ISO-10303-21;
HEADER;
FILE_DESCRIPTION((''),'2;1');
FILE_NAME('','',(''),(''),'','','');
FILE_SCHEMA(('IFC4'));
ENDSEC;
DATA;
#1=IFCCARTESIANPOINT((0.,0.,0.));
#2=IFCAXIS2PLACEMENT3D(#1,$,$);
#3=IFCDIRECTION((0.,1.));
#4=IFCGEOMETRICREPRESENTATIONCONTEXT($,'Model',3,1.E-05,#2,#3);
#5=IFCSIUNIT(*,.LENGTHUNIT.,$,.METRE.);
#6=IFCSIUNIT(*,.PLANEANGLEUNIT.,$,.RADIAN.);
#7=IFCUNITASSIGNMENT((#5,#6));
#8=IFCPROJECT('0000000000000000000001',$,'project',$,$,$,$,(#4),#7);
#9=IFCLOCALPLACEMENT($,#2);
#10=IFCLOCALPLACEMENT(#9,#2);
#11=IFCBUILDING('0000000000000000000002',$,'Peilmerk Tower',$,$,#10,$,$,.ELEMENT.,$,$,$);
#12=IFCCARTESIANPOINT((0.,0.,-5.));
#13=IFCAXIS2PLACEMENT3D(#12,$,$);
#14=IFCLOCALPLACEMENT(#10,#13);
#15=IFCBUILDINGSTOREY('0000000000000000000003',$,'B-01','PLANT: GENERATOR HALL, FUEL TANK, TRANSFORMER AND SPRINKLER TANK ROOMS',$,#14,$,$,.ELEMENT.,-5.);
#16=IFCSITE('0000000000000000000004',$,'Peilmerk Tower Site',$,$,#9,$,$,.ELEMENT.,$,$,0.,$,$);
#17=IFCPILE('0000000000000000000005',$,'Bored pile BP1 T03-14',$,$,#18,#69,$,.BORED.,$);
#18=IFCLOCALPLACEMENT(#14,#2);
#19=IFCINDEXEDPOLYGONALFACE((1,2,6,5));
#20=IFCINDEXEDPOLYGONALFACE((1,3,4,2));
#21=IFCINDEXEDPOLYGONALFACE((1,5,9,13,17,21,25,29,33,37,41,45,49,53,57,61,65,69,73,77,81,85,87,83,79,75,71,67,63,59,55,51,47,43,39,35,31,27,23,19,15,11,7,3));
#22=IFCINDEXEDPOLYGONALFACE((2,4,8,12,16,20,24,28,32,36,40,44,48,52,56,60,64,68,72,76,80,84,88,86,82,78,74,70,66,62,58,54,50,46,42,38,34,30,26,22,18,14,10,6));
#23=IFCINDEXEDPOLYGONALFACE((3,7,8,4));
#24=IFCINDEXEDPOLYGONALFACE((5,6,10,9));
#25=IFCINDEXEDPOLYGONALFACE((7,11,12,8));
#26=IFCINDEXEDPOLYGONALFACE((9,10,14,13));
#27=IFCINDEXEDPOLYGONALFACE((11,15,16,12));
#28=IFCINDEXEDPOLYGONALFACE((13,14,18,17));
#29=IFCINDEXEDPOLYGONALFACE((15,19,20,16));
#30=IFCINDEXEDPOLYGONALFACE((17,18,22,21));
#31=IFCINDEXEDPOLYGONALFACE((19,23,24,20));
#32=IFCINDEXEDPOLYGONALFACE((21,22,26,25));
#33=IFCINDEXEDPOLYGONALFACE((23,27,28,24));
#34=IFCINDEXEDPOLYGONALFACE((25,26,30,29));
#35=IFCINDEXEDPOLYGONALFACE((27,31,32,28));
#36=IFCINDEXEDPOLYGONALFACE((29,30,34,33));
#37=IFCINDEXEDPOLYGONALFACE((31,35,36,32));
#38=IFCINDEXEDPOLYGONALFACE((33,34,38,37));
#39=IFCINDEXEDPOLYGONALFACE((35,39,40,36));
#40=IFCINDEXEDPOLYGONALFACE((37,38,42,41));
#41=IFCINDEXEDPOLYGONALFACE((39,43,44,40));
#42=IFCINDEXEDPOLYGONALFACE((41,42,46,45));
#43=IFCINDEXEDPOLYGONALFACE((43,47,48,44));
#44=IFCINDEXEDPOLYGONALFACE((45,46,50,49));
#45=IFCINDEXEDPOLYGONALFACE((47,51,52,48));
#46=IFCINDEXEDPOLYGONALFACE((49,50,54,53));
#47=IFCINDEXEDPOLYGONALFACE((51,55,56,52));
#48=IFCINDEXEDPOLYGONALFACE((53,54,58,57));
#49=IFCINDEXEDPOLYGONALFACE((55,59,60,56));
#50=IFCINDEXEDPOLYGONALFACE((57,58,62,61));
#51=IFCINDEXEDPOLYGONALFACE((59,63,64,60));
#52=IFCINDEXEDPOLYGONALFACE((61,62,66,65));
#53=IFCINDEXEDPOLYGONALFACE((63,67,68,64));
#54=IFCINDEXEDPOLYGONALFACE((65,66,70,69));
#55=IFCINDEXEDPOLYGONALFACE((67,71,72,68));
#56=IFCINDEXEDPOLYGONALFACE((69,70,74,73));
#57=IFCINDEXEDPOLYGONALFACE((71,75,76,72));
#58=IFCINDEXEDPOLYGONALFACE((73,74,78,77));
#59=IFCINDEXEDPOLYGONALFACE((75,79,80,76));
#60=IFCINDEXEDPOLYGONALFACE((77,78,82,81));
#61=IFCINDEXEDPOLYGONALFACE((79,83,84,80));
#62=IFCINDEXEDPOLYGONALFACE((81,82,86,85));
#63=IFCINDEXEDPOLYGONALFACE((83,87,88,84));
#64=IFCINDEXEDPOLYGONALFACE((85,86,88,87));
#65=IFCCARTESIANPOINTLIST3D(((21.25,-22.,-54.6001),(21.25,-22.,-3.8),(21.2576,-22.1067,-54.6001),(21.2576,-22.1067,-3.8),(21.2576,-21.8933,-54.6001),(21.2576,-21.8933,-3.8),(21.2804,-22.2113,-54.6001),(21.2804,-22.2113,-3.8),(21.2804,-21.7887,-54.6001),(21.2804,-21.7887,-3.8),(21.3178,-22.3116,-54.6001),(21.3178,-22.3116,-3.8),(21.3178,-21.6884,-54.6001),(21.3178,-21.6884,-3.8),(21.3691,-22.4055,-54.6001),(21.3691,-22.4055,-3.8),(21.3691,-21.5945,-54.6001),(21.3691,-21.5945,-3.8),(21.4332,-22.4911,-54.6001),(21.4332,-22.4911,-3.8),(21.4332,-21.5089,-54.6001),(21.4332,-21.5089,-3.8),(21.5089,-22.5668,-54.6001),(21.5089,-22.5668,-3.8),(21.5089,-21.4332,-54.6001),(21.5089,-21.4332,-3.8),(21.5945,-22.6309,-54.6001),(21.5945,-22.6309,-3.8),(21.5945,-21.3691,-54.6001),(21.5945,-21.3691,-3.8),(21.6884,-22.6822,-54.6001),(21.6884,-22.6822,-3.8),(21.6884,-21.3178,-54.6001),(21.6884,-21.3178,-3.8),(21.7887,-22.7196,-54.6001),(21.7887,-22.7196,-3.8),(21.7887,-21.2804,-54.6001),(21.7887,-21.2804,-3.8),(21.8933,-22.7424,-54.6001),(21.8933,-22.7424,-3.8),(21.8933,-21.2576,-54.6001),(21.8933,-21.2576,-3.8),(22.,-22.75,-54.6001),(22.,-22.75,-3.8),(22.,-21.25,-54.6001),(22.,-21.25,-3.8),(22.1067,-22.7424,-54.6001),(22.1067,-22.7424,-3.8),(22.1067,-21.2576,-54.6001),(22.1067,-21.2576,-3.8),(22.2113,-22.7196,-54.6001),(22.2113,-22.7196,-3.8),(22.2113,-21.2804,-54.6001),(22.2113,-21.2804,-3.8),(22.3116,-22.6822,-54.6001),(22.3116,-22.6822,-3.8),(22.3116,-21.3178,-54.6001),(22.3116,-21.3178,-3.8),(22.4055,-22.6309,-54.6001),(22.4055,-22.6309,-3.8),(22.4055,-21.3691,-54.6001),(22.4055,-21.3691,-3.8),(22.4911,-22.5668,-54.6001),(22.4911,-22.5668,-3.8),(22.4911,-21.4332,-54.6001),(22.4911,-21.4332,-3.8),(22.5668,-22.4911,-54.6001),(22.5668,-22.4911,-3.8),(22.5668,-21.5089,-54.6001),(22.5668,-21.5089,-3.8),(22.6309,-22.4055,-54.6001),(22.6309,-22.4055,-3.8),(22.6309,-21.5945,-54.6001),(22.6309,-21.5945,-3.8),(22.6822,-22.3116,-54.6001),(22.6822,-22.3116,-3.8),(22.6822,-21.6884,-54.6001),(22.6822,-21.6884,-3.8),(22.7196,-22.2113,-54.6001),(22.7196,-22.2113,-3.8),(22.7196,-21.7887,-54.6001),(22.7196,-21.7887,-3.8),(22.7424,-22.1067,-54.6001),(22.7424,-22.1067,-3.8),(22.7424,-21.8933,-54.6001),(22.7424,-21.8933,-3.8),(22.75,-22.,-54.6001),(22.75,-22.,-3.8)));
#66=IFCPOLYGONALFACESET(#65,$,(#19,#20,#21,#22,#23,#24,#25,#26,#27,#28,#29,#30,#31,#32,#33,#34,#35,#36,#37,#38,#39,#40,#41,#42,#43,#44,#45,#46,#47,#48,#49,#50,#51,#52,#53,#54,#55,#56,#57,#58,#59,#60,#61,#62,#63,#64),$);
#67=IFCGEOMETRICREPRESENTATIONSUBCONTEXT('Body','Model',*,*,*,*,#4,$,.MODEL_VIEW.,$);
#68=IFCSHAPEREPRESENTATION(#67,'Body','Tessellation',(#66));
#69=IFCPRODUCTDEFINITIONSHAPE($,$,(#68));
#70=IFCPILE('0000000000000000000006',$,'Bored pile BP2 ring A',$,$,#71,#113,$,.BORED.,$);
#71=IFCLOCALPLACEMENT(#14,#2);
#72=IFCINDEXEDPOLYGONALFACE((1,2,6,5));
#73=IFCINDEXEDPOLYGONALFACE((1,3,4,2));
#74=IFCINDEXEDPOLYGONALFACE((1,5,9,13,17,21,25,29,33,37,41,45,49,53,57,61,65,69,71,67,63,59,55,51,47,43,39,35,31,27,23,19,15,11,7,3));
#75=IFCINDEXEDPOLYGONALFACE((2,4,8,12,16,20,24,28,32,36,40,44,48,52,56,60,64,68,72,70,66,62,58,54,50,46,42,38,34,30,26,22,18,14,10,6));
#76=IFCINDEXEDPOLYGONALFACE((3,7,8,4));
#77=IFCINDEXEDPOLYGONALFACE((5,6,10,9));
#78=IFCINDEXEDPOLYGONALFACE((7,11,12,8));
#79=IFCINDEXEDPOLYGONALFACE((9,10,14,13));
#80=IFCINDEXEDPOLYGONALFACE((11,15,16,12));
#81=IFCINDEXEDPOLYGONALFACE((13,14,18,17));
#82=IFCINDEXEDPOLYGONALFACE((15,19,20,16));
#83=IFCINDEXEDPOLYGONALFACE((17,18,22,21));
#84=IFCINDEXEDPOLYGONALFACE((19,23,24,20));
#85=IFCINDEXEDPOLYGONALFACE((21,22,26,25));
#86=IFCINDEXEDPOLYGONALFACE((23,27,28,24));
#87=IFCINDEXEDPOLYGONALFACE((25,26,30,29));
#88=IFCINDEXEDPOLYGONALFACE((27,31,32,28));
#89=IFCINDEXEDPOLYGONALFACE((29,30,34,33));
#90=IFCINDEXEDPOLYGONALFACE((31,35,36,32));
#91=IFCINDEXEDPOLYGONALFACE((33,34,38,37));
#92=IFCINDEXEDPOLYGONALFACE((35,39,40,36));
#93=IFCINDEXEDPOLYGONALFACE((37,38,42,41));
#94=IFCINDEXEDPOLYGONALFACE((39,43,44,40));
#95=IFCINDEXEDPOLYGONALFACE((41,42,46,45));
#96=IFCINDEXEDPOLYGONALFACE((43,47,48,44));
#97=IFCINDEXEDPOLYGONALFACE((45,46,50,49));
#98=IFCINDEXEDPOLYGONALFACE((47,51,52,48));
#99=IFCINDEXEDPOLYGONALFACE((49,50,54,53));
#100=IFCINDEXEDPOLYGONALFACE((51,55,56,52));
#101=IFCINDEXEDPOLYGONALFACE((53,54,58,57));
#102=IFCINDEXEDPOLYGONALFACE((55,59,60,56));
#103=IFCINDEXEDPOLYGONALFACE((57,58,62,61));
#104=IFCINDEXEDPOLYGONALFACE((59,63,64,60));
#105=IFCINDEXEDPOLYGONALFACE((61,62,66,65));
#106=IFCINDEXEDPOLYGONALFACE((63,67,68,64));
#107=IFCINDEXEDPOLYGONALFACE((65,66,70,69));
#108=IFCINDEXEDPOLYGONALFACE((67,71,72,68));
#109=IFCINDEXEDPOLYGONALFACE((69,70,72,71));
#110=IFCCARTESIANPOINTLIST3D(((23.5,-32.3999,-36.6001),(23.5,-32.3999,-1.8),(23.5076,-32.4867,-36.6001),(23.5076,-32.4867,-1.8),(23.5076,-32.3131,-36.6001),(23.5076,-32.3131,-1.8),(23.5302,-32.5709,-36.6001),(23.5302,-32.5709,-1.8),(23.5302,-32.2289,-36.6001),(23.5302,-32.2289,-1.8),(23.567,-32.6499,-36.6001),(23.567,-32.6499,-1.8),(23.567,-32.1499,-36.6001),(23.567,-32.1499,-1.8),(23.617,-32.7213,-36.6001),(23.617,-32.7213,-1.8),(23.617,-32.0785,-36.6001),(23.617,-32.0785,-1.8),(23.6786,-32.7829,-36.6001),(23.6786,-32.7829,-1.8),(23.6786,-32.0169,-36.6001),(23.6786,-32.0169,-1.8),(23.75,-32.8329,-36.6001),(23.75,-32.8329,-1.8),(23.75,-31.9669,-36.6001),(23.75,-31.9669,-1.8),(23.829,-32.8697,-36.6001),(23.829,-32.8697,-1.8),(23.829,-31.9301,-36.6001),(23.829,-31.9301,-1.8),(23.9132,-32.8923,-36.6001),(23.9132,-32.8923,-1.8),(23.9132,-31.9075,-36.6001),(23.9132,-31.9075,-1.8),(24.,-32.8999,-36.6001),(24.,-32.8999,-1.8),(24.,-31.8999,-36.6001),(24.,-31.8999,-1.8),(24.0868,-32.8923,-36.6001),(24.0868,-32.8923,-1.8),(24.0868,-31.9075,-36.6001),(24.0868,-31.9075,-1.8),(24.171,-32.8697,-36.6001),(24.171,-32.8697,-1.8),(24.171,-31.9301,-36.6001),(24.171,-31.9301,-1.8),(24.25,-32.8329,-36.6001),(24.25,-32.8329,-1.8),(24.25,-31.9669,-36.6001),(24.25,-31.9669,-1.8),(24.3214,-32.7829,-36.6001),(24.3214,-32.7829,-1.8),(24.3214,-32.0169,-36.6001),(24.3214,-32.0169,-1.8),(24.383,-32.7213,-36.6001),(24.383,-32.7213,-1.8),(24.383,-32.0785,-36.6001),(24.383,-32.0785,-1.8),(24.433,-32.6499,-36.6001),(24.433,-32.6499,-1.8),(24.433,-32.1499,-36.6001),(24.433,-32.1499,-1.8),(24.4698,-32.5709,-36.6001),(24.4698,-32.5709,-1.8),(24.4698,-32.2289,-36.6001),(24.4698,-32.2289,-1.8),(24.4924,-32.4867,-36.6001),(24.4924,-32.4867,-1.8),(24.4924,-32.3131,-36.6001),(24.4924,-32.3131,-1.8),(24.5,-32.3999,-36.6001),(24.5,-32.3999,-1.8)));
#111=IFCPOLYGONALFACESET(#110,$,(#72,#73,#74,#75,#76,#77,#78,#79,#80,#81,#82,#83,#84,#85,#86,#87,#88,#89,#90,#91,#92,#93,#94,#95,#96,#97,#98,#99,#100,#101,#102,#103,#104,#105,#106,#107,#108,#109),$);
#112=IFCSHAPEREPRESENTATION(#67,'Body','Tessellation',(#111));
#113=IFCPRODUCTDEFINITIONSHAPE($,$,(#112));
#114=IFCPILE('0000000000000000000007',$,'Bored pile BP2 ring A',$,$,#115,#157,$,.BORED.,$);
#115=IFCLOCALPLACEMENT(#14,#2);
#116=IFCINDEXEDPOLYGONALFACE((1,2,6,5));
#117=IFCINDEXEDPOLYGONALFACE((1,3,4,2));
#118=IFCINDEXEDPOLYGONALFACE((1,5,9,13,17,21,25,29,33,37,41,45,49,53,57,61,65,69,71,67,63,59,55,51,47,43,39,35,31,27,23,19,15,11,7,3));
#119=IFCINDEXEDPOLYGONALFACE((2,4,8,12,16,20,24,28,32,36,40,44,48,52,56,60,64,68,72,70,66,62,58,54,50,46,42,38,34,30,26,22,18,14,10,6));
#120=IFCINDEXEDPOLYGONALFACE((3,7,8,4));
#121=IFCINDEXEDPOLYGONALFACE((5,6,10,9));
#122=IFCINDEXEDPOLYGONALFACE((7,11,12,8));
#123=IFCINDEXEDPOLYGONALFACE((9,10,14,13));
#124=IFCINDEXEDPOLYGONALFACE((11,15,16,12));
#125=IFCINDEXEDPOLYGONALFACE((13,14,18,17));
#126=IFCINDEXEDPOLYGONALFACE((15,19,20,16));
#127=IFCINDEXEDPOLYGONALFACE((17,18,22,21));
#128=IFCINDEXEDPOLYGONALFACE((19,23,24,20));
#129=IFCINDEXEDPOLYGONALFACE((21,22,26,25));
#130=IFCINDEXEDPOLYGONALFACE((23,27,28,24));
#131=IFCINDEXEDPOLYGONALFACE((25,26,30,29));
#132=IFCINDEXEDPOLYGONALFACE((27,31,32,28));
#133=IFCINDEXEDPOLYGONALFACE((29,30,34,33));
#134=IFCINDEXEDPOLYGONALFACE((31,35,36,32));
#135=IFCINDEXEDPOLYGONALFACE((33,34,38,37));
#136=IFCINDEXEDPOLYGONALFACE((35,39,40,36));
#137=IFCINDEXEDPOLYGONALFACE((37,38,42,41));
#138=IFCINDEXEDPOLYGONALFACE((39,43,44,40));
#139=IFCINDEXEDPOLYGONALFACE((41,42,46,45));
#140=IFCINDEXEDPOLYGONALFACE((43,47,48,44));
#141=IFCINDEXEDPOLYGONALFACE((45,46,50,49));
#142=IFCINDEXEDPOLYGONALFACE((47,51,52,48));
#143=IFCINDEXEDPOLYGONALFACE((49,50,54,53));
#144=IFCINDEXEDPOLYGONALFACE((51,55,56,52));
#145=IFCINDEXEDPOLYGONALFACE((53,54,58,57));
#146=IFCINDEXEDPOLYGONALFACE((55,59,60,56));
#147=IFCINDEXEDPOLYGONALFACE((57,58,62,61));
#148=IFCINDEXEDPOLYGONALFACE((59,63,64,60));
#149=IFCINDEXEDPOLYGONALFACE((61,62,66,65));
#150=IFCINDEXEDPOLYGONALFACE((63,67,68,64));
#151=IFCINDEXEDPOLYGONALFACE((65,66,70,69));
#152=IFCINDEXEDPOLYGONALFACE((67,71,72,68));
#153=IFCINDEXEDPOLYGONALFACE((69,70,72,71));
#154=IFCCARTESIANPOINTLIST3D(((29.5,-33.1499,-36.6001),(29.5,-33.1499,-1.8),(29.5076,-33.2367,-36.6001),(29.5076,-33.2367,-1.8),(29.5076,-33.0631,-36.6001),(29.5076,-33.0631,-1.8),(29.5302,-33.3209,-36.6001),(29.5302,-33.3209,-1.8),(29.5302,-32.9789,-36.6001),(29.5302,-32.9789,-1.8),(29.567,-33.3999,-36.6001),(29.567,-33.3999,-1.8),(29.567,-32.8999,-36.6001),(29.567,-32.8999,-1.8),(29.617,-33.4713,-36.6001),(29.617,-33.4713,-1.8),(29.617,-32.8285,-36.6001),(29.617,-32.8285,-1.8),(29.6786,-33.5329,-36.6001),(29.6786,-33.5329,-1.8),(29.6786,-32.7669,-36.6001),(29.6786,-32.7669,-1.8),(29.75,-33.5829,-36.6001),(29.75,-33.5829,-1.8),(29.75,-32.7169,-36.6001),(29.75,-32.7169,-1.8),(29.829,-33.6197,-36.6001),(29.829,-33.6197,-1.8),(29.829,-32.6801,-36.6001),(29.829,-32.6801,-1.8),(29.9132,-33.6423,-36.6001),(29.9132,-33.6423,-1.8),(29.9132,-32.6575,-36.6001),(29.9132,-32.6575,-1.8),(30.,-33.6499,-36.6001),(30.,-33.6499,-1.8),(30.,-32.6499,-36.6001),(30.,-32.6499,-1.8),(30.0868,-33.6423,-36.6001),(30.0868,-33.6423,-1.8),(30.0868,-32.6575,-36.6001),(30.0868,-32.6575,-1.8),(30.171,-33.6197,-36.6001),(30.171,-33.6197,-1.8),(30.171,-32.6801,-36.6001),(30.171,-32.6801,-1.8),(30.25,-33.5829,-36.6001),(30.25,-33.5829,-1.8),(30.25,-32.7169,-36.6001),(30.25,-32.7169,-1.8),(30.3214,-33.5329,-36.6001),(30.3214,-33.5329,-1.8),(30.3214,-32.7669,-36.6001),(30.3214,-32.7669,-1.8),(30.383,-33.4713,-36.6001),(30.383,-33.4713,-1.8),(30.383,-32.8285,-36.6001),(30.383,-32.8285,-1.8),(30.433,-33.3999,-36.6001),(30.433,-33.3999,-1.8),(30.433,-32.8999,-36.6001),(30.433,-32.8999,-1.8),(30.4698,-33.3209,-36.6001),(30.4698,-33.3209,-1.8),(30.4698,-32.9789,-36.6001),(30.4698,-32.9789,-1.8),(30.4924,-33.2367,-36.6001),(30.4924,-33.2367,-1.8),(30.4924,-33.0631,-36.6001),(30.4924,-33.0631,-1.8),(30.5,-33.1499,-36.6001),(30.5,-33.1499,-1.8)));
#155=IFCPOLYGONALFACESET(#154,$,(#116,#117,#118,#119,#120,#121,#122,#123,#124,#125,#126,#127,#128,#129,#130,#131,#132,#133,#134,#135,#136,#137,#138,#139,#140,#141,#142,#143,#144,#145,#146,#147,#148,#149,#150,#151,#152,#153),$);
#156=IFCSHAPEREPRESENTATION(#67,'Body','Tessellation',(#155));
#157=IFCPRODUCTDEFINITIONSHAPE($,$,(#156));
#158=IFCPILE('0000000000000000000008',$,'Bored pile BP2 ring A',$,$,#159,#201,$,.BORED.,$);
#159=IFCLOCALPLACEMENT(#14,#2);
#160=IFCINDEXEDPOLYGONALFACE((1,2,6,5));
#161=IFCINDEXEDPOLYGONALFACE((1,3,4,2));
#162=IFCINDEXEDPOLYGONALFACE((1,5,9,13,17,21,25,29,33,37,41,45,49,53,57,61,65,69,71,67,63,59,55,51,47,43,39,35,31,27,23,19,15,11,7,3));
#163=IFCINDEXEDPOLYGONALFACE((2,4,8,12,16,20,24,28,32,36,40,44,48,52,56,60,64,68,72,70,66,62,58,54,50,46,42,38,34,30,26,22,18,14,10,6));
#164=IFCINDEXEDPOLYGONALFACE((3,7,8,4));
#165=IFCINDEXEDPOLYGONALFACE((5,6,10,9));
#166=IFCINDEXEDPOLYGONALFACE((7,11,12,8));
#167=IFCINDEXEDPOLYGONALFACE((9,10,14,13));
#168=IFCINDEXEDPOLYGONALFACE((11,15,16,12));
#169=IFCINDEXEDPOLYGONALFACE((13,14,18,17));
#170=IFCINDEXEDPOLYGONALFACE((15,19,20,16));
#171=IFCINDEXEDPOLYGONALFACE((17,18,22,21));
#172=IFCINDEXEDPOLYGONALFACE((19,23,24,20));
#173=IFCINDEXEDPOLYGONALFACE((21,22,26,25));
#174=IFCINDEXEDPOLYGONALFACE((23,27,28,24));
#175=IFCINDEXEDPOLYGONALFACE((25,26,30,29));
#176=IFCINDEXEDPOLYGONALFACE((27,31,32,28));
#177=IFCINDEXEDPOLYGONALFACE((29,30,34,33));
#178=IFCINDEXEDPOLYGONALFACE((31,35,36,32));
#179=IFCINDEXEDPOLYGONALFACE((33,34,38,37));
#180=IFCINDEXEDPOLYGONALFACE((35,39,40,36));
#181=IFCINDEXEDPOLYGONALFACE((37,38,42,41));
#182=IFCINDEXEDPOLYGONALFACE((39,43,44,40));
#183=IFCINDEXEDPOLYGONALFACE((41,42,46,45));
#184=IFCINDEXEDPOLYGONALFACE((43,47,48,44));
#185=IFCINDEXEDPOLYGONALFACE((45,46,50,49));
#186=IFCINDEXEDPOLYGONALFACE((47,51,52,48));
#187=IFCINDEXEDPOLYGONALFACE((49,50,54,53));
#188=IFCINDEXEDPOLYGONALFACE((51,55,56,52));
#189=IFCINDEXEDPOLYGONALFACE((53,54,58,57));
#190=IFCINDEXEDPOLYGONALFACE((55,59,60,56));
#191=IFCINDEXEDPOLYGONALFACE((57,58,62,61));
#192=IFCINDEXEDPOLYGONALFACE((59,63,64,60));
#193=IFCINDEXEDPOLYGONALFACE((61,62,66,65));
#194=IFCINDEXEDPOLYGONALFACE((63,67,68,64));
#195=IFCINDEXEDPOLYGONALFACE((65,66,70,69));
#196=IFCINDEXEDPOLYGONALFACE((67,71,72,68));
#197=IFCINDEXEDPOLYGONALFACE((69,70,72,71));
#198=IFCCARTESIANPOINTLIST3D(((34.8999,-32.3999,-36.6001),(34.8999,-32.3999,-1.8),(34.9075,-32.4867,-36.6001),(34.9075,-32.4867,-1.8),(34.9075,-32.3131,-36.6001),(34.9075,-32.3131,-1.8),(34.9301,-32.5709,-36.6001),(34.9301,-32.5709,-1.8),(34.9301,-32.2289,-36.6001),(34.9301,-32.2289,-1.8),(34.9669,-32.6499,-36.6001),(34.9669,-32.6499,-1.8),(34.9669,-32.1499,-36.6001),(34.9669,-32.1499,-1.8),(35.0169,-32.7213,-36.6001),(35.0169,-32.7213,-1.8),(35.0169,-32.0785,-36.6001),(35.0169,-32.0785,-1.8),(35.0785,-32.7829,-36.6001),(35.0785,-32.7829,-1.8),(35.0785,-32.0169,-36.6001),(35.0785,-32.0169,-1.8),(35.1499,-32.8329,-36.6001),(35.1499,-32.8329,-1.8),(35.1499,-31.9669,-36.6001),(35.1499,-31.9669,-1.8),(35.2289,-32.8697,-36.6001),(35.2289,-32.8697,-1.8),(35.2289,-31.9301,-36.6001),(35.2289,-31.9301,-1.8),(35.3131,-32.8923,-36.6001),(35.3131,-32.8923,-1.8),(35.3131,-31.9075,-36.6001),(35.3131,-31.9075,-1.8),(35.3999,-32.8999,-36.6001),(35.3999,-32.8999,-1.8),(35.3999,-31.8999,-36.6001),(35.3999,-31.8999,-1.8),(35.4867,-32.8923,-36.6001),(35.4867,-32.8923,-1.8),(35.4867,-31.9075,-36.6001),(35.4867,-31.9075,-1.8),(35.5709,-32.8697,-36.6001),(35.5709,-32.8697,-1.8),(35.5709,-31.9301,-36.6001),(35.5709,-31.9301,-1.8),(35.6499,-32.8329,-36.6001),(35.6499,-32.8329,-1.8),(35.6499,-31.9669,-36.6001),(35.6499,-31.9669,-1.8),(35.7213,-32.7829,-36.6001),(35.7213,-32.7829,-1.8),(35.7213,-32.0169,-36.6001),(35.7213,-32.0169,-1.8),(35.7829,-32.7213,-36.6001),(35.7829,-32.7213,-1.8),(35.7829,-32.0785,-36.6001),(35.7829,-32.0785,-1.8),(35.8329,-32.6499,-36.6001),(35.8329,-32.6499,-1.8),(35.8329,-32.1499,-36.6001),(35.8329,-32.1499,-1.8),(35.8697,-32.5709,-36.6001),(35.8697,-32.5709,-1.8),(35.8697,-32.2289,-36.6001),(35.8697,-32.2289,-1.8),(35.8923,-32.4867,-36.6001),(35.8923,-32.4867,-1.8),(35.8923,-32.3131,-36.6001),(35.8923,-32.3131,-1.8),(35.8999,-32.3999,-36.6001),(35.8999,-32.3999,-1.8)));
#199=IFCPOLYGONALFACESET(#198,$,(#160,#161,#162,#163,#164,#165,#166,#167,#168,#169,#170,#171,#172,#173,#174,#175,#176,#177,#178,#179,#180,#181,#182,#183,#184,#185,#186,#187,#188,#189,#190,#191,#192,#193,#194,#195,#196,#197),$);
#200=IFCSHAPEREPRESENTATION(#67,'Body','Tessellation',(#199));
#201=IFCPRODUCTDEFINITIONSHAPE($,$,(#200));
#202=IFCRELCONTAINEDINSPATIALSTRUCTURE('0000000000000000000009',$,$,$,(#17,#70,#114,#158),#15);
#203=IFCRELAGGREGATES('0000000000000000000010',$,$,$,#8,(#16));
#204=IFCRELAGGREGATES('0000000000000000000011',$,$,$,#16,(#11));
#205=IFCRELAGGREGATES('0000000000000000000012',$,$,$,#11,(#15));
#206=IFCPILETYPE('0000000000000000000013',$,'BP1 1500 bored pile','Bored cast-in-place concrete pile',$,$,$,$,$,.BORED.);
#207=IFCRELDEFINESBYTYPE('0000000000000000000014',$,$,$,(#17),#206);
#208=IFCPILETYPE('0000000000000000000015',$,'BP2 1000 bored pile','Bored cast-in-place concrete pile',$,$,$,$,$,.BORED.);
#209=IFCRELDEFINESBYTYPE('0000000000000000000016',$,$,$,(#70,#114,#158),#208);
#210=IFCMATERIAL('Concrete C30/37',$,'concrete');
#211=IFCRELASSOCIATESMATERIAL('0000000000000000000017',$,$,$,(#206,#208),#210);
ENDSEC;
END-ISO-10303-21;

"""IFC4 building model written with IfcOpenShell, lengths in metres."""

from ifc_helpers import new_model, si_unit, direction, frame, origin, origin_2d, place, context, subcontext, project, spatial, circle, extrude, material, material_profile, profile_set, type_object, element, save


model = new_model("IFC4")

# Units and contexts
model_context = context("Model", 3, precision=1e-05, world=origin(), true_north=direction((0.0, 1.0)))
body_context = subcontext(model_context, "Body", "Model", "MODEL_VIEW")
ifc_project = project(units=[si_unit("LENGTHUNIT", "METRE"), si_unit("PLANEANGLEUNIT", "RADIAN")], contexts=[model_context])

# Site, building, storey
site_placement = place(None, origin())
site = spatial("IfcSite", under=ifc_project, at=site_placement, Name="Peilmerk Tower Site", CompositionType="ELEMENT", RefElevation=0.0)
building_placement = place(site_placement, origin())
building = spatial("IfcBuilding", under=site, at=building_placement, Name="Peilmerk Tower", CompositionType="ELEMENT")
storey_placement = place(building_placement, frame((0.0, 0.0, -5.0)))
storey = spatial("IfcBuildingStorey", under=building, at=storey_placement, Name="B-01", Description="PLANT: GENERATOR HALL, FUEL TANK, TRANSFORMER AND SPRINKLER TANK ROOMS", CompositionType="ELEMENT", Elevation=-5.0)

# Piles
ifc_material_1 = material(Name="Concrete C30/37", Category="concrete")
ifc_material_profile_1 = material_profile(ifc_material_1, circle(Radius=0.75, at=origin_2d()), Name="BP 1500")
ifc_profile_set_1 = profile_set([ifc_material_profile_1], Name="Concrete C30/37")
pile_type_1 = type_object("IfcPileType", Name="BP1 1500 bored pile", Description="Bored cast-in-place concrete pile", PredefinedType="BORED", material=ifc_profile_set_1)
for number, where, z_axis, x_axis, name in (
    (1, (22.0, -22.0, -3.8), (0.0, 0.0, -1.0), (1.0, 0.0, 0.0), "Bored pile BP1 T03-14"),
):
    element("IfcPile", number, at=place(storey_placement, frame(where, z_axis=z_axis, x_axis=x_axis)), inside=storey, type_object=pile_type_1, Name=name, PredefinedType="BORED", context=body_context, shape_type="SweptSolid", body=[
        extrude(circle(Radius=0.75, at=origin_2d()), origin(), (0.0, 0.0, 1.0), 50.8),
    ])
ifc_material_profile_2 = material_profile(ifc_material_1, circle(Radius=0.5, at=origin_2d()), Name="BP 1000")
ifc_profile_set_2 = profile_set([ifc_material_profile_2], Name="Concrete C30/37")
pile_type_2 = type_object("IfcPileType", Name="BP2 1000 bored pile", Description="Bored cast-in-place concrete pile", PredefinedType="BORED", material=ifc_profile_set_2)
for number, where, z_axis, x_axis, name in (
    (2, (24.0, -32.3999, -1.8), (0.0, 0.0, -1.0), (1.0, 0.0, 0.0), "Bored pile BP2 ring A"),
    (3, (30.0, -33.1499, -1.8), (0.0, 0.0, -1.0), (1.0, 0.0, 0.0), "Bored pile BP2 ring A"),
    (4, (35.3999, -32.3999, -1.8), (0.0, 0.0, -1.0), (1.0, 0.0, 0.0), "Bored pile BP2 ring A"),
):
    element("IfcPile", number, at=place(storey_placement, frame(where, z_axis=z_axis, x_axis=x_axis)), inside=storey, type_object=pile_type_2, Name=name, PredefinedType="BORED", context=body_context, shape_type="SweptSolid", body=[
        extrude(circle(Radius=0.5, at=origin_2d()), origin(), (0.0, 0.0, 1.0), 34.8),
    ])

save(model, "model.ifc")
